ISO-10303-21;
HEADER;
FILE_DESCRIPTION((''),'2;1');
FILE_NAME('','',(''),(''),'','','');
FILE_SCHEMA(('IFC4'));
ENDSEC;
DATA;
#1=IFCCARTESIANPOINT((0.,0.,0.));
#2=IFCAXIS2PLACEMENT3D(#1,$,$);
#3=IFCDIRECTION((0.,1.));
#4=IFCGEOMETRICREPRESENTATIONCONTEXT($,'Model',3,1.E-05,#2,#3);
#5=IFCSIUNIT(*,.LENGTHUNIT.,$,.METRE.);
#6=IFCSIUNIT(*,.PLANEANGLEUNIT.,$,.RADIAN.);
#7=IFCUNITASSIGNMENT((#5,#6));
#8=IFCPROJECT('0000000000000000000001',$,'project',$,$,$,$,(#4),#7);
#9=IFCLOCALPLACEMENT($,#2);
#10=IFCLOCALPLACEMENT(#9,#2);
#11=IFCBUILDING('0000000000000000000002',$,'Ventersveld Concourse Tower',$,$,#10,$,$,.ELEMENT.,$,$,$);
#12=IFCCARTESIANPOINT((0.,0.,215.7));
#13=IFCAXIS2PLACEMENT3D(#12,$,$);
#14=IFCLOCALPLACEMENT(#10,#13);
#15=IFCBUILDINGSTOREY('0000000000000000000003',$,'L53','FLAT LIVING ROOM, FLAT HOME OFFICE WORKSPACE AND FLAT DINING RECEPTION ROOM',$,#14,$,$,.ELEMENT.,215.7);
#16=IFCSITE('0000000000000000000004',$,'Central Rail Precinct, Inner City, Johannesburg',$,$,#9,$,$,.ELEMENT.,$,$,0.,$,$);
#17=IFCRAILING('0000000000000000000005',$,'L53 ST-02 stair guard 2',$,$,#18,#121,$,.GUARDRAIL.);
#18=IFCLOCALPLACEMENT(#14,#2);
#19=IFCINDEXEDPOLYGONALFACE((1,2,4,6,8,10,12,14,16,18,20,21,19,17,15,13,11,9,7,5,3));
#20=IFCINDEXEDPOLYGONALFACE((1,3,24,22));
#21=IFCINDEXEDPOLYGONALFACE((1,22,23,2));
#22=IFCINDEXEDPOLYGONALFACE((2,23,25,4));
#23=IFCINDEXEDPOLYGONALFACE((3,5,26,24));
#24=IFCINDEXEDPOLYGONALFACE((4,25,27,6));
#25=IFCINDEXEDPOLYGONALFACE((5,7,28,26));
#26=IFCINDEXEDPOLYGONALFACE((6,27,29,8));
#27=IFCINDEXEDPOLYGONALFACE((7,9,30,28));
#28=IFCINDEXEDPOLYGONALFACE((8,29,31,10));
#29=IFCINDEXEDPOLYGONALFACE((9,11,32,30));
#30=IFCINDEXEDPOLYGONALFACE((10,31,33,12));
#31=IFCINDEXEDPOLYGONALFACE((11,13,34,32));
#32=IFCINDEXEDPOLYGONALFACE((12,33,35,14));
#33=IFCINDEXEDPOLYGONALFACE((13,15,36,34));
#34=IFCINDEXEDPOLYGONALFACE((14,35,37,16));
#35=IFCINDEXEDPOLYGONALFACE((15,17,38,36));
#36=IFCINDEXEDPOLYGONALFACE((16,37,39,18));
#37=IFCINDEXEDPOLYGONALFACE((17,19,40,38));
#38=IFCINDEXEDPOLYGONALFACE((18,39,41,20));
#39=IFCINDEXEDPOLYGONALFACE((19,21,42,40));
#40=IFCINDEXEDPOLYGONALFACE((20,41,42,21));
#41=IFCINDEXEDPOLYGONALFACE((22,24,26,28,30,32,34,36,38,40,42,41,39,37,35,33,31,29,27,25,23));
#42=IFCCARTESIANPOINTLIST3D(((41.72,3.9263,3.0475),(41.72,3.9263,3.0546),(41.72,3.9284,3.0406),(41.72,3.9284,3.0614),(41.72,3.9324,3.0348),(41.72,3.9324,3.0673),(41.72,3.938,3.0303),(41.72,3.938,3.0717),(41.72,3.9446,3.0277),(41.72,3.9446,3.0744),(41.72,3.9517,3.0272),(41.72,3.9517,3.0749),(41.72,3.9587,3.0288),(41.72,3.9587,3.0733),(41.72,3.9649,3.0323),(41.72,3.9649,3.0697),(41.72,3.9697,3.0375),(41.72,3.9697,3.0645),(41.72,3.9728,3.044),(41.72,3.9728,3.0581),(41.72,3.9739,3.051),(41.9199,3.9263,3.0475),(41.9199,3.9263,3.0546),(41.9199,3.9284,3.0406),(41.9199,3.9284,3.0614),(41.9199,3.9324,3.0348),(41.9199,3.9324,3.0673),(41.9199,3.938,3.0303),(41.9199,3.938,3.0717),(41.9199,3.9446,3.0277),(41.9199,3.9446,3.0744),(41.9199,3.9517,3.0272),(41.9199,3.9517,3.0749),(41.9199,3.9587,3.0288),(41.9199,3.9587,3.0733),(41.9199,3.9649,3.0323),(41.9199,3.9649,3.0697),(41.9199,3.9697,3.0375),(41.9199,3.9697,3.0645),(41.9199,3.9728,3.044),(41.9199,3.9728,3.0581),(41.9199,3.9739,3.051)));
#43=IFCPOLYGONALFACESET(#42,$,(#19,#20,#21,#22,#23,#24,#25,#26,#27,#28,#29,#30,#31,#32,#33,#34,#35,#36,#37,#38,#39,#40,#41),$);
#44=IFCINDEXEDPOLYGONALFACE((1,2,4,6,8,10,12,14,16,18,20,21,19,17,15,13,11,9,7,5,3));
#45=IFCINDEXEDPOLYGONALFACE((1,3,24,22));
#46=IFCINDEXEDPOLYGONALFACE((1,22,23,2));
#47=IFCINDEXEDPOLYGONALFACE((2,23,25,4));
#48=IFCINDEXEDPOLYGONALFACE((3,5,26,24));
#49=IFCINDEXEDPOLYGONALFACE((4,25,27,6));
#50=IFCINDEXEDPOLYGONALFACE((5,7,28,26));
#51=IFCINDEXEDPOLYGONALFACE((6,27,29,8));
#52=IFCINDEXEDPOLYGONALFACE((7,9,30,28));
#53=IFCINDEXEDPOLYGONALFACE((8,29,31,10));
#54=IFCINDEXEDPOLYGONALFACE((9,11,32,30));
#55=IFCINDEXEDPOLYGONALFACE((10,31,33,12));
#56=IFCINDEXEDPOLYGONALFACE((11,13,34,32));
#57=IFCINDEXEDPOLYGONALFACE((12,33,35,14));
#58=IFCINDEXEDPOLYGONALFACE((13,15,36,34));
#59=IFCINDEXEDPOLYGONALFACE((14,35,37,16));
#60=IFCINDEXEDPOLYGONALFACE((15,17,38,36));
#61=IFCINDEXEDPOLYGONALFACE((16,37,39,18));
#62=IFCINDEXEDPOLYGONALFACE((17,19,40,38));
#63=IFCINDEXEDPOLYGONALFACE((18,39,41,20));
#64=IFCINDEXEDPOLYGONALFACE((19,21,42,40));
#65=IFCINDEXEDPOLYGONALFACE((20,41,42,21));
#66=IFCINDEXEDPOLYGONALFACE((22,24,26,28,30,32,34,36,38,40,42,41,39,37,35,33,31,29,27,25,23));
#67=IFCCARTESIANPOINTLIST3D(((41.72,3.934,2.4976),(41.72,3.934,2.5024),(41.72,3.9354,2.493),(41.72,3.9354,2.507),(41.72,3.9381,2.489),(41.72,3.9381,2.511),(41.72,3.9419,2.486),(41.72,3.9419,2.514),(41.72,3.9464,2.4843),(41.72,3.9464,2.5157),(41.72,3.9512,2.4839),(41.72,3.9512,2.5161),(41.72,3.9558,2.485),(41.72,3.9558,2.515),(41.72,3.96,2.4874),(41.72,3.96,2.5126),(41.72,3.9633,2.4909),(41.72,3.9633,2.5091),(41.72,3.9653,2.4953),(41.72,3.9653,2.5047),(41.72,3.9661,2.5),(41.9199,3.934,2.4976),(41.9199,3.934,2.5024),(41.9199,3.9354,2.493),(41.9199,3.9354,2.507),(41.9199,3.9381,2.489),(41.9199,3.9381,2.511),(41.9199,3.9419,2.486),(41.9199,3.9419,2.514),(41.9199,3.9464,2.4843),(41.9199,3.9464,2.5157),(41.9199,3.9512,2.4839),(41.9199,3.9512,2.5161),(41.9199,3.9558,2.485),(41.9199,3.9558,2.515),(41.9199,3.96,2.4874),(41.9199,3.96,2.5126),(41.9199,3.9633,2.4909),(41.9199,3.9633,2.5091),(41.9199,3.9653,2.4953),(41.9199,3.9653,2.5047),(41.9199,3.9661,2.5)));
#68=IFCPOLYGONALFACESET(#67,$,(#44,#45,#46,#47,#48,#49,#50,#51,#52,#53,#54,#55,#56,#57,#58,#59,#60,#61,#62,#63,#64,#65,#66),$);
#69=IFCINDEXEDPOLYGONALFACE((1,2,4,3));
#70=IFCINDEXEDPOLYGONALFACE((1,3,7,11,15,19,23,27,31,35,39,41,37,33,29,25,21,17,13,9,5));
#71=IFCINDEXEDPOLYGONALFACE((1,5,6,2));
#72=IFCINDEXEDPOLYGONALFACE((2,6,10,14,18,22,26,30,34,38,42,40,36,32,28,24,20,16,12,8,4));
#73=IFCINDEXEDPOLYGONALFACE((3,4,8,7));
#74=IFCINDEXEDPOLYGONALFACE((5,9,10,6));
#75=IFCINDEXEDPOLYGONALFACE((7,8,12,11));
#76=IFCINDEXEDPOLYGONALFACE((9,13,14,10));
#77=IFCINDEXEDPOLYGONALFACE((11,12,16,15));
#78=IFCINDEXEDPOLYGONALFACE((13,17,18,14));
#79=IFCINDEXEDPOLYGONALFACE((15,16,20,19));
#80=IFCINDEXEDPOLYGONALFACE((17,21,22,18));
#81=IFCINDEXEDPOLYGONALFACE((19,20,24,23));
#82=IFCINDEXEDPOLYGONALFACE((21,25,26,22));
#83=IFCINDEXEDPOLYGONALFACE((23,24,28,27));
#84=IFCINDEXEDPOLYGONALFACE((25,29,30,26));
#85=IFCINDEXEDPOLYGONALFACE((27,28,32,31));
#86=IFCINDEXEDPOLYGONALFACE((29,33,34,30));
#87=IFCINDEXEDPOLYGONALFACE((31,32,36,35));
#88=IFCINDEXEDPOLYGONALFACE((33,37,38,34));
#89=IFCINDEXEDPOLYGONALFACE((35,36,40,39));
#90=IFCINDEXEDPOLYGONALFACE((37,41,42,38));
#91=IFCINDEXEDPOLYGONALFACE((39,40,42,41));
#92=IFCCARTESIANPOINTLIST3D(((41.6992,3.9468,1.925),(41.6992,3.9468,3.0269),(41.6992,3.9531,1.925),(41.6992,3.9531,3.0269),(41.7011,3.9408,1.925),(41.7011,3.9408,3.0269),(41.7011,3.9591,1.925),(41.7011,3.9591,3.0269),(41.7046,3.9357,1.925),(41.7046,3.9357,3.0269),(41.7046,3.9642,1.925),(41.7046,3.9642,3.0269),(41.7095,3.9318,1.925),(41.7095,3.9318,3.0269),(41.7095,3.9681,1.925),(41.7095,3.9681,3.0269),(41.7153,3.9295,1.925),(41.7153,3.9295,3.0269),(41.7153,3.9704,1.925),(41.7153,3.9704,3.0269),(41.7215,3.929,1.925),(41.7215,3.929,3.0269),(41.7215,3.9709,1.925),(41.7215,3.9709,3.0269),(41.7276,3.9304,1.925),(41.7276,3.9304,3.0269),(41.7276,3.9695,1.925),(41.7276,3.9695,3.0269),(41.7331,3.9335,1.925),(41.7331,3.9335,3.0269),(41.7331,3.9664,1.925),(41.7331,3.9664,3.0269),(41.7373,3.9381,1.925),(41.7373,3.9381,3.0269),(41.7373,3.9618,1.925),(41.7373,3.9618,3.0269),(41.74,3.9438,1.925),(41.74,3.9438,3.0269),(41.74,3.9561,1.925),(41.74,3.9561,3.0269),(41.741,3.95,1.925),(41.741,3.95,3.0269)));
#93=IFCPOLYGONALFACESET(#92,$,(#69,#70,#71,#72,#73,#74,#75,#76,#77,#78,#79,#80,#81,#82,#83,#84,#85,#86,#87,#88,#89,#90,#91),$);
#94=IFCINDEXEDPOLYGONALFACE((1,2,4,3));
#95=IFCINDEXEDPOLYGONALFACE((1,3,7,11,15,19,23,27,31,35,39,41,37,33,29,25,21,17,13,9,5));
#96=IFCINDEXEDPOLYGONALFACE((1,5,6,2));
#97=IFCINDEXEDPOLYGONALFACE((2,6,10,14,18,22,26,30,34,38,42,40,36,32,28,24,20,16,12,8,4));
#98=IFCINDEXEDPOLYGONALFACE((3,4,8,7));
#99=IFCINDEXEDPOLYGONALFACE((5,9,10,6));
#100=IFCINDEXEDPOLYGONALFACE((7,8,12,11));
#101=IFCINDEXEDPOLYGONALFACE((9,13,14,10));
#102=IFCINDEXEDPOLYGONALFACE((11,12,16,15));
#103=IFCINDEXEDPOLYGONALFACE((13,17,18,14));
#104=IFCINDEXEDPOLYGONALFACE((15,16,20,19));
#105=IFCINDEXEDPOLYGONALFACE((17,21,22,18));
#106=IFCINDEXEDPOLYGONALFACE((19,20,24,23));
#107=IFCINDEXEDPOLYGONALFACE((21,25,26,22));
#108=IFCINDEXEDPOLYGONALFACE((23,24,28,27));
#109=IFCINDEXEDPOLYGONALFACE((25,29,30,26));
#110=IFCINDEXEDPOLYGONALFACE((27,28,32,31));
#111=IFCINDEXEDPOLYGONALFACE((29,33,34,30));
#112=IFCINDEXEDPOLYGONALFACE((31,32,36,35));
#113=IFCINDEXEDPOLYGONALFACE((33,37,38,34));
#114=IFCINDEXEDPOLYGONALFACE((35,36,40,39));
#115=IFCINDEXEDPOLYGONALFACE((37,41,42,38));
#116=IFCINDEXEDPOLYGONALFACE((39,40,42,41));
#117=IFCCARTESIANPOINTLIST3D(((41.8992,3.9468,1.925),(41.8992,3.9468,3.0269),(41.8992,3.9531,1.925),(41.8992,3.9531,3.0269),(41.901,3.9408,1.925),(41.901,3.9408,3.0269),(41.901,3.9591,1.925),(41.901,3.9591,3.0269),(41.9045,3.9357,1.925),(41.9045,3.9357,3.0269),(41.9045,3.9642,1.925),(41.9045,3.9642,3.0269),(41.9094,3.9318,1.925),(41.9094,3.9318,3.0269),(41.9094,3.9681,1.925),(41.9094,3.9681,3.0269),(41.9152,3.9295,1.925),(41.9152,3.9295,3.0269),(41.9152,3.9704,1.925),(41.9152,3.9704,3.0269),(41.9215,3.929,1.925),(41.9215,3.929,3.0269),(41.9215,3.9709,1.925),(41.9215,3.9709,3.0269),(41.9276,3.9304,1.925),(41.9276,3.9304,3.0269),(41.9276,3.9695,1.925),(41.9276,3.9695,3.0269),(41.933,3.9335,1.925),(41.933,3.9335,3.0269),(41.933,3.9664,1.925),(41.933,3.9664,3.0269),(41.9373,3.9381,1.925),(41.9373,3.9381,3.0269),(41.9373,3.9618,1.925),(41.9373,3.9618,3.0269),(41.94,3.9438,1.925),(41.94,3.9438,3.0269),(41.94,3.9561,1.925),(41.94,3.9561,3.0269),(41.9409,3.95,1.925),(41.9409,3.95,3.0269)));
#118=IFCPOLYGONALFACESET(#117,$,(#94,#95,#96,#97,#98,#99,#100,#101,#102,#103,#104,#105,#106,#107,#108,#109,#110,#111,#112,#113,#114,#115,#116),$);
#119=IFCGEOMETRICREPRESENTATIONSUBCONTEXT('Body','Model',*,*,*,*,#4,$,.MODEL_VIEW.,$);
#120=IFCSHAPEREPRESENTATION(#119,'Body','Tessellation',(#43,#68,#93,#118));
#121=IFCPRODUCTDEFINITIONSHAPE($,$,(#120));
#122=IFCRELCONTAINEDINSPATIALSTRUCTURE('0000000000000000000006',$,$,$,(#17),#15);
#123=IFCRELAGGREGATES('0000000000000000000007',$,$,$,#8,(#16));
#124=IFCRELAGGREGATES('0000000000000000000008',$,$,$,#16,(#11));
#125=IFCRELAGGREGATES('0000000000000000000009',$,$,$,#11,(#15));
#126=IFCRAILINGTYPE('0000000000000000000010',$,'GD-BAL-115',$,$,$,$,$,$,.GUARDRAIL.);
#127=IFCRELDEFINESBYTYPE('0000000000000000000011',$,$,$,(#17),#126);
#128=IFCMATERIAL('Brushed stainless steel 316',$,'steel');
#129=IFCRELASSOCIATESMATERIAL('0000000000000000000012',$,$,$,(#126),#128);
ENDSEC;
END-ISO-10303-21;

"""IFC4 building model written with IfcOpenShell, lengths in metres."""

from ifc_helpers import new_model, si_unit, direction, frame, origin, origin_2d, place, context, subcontext, project, spatial, circle, extrude, material, type_object, element, save


model = new_model("IFC4")

# Units and contexts
model_context = context("Model", 3, precision=1e-05, world=origin(), true_north=direction((0.0, 1.0)))
body_context = subcontext(model_context, "Body", "Model", "MODEL_VIEW")
ifc_project = project(units=[si_unit("LENGTHUNIT", "METRE"), si_unit("PLANEANGLEUNIT", "RADIAN")], contexts=[model_context])

# Site, building, storey
site_placement = place(None, origin())
site = spatial("IfcSite", under=ifc_project, at=site_placement, Name="Central Rail Precinct, Inner City, Johannesburg", CompositionType="ELEMENT", RefElevation=0.0)
building_placement = place(site_placement, origin())
building = spatial("IfcBuilding", under=site, at=building_placement, Name="Ventersveld Concourse Tower", CompositionType="ELEMENT")
storey_placement = place(building_placement, frame((0.0, 0.0, 215.7)))
storey = spatial("IfcBuildingStorey", under=building, at=storey_placement, Name="L53", Description="FLAT LIVING ROOM, FLAT HOME OFFICE WORKSPACE AND FLAT DINING RECEPTION ROOM", CompositionType="ELEMENT", Elevation=215.7)

# Shared definitions
ifc_material_1 = material(Name="Brushed stainless steel 316", Category="steel")

# Railing
railing_type_1 = type_object("IfcRailingType", Name="GD-BAL-115", PredefinedType="GUARDRAIL", material=ifc_material_1)
railing_1_placement = place(storey_placement, frame((41.72, 3.95, 1.925)))
element("IfcRailing", 1, at=railing_1_placement, inside=storey, type_object=railing_type_1, Name="L53 ST-02 stair guard 2", PredefinedType="GUARDRAIL", context=body_context, shape_type="SweptSolid", body=[
    extrude(circle(Radius=0.0239, at=origin_2d()), frame((0.0, 0.0, 1.126), z_axis=(1.0, 0.0, 0.0), x_axis=(0.0, 1.0, 0.0)), (0.0, 0.0, 1.0), 0.2),
    extrude(circle(Radius=0.0161, at=origin_2d()), frame((0.0, 0.0, 0.575), z_axis=(1.0, 0.0, 0.0), x_axis=(0.0, 1.0, 0.0)), (0.0, 0.0, 1.0), 0.2),
    extrude(circle(Radius=0.021, at=origin_2d()), origin(), (0.0, 0.0, 1.0), 1.1018),
    extrude(circle(Radius=0.021, at=origin_2d()), frame((0.2, 0.0, 0.0)), (0.0, 0.0, 1.0), 1.1018),
])

save(model, "model.ifc")
